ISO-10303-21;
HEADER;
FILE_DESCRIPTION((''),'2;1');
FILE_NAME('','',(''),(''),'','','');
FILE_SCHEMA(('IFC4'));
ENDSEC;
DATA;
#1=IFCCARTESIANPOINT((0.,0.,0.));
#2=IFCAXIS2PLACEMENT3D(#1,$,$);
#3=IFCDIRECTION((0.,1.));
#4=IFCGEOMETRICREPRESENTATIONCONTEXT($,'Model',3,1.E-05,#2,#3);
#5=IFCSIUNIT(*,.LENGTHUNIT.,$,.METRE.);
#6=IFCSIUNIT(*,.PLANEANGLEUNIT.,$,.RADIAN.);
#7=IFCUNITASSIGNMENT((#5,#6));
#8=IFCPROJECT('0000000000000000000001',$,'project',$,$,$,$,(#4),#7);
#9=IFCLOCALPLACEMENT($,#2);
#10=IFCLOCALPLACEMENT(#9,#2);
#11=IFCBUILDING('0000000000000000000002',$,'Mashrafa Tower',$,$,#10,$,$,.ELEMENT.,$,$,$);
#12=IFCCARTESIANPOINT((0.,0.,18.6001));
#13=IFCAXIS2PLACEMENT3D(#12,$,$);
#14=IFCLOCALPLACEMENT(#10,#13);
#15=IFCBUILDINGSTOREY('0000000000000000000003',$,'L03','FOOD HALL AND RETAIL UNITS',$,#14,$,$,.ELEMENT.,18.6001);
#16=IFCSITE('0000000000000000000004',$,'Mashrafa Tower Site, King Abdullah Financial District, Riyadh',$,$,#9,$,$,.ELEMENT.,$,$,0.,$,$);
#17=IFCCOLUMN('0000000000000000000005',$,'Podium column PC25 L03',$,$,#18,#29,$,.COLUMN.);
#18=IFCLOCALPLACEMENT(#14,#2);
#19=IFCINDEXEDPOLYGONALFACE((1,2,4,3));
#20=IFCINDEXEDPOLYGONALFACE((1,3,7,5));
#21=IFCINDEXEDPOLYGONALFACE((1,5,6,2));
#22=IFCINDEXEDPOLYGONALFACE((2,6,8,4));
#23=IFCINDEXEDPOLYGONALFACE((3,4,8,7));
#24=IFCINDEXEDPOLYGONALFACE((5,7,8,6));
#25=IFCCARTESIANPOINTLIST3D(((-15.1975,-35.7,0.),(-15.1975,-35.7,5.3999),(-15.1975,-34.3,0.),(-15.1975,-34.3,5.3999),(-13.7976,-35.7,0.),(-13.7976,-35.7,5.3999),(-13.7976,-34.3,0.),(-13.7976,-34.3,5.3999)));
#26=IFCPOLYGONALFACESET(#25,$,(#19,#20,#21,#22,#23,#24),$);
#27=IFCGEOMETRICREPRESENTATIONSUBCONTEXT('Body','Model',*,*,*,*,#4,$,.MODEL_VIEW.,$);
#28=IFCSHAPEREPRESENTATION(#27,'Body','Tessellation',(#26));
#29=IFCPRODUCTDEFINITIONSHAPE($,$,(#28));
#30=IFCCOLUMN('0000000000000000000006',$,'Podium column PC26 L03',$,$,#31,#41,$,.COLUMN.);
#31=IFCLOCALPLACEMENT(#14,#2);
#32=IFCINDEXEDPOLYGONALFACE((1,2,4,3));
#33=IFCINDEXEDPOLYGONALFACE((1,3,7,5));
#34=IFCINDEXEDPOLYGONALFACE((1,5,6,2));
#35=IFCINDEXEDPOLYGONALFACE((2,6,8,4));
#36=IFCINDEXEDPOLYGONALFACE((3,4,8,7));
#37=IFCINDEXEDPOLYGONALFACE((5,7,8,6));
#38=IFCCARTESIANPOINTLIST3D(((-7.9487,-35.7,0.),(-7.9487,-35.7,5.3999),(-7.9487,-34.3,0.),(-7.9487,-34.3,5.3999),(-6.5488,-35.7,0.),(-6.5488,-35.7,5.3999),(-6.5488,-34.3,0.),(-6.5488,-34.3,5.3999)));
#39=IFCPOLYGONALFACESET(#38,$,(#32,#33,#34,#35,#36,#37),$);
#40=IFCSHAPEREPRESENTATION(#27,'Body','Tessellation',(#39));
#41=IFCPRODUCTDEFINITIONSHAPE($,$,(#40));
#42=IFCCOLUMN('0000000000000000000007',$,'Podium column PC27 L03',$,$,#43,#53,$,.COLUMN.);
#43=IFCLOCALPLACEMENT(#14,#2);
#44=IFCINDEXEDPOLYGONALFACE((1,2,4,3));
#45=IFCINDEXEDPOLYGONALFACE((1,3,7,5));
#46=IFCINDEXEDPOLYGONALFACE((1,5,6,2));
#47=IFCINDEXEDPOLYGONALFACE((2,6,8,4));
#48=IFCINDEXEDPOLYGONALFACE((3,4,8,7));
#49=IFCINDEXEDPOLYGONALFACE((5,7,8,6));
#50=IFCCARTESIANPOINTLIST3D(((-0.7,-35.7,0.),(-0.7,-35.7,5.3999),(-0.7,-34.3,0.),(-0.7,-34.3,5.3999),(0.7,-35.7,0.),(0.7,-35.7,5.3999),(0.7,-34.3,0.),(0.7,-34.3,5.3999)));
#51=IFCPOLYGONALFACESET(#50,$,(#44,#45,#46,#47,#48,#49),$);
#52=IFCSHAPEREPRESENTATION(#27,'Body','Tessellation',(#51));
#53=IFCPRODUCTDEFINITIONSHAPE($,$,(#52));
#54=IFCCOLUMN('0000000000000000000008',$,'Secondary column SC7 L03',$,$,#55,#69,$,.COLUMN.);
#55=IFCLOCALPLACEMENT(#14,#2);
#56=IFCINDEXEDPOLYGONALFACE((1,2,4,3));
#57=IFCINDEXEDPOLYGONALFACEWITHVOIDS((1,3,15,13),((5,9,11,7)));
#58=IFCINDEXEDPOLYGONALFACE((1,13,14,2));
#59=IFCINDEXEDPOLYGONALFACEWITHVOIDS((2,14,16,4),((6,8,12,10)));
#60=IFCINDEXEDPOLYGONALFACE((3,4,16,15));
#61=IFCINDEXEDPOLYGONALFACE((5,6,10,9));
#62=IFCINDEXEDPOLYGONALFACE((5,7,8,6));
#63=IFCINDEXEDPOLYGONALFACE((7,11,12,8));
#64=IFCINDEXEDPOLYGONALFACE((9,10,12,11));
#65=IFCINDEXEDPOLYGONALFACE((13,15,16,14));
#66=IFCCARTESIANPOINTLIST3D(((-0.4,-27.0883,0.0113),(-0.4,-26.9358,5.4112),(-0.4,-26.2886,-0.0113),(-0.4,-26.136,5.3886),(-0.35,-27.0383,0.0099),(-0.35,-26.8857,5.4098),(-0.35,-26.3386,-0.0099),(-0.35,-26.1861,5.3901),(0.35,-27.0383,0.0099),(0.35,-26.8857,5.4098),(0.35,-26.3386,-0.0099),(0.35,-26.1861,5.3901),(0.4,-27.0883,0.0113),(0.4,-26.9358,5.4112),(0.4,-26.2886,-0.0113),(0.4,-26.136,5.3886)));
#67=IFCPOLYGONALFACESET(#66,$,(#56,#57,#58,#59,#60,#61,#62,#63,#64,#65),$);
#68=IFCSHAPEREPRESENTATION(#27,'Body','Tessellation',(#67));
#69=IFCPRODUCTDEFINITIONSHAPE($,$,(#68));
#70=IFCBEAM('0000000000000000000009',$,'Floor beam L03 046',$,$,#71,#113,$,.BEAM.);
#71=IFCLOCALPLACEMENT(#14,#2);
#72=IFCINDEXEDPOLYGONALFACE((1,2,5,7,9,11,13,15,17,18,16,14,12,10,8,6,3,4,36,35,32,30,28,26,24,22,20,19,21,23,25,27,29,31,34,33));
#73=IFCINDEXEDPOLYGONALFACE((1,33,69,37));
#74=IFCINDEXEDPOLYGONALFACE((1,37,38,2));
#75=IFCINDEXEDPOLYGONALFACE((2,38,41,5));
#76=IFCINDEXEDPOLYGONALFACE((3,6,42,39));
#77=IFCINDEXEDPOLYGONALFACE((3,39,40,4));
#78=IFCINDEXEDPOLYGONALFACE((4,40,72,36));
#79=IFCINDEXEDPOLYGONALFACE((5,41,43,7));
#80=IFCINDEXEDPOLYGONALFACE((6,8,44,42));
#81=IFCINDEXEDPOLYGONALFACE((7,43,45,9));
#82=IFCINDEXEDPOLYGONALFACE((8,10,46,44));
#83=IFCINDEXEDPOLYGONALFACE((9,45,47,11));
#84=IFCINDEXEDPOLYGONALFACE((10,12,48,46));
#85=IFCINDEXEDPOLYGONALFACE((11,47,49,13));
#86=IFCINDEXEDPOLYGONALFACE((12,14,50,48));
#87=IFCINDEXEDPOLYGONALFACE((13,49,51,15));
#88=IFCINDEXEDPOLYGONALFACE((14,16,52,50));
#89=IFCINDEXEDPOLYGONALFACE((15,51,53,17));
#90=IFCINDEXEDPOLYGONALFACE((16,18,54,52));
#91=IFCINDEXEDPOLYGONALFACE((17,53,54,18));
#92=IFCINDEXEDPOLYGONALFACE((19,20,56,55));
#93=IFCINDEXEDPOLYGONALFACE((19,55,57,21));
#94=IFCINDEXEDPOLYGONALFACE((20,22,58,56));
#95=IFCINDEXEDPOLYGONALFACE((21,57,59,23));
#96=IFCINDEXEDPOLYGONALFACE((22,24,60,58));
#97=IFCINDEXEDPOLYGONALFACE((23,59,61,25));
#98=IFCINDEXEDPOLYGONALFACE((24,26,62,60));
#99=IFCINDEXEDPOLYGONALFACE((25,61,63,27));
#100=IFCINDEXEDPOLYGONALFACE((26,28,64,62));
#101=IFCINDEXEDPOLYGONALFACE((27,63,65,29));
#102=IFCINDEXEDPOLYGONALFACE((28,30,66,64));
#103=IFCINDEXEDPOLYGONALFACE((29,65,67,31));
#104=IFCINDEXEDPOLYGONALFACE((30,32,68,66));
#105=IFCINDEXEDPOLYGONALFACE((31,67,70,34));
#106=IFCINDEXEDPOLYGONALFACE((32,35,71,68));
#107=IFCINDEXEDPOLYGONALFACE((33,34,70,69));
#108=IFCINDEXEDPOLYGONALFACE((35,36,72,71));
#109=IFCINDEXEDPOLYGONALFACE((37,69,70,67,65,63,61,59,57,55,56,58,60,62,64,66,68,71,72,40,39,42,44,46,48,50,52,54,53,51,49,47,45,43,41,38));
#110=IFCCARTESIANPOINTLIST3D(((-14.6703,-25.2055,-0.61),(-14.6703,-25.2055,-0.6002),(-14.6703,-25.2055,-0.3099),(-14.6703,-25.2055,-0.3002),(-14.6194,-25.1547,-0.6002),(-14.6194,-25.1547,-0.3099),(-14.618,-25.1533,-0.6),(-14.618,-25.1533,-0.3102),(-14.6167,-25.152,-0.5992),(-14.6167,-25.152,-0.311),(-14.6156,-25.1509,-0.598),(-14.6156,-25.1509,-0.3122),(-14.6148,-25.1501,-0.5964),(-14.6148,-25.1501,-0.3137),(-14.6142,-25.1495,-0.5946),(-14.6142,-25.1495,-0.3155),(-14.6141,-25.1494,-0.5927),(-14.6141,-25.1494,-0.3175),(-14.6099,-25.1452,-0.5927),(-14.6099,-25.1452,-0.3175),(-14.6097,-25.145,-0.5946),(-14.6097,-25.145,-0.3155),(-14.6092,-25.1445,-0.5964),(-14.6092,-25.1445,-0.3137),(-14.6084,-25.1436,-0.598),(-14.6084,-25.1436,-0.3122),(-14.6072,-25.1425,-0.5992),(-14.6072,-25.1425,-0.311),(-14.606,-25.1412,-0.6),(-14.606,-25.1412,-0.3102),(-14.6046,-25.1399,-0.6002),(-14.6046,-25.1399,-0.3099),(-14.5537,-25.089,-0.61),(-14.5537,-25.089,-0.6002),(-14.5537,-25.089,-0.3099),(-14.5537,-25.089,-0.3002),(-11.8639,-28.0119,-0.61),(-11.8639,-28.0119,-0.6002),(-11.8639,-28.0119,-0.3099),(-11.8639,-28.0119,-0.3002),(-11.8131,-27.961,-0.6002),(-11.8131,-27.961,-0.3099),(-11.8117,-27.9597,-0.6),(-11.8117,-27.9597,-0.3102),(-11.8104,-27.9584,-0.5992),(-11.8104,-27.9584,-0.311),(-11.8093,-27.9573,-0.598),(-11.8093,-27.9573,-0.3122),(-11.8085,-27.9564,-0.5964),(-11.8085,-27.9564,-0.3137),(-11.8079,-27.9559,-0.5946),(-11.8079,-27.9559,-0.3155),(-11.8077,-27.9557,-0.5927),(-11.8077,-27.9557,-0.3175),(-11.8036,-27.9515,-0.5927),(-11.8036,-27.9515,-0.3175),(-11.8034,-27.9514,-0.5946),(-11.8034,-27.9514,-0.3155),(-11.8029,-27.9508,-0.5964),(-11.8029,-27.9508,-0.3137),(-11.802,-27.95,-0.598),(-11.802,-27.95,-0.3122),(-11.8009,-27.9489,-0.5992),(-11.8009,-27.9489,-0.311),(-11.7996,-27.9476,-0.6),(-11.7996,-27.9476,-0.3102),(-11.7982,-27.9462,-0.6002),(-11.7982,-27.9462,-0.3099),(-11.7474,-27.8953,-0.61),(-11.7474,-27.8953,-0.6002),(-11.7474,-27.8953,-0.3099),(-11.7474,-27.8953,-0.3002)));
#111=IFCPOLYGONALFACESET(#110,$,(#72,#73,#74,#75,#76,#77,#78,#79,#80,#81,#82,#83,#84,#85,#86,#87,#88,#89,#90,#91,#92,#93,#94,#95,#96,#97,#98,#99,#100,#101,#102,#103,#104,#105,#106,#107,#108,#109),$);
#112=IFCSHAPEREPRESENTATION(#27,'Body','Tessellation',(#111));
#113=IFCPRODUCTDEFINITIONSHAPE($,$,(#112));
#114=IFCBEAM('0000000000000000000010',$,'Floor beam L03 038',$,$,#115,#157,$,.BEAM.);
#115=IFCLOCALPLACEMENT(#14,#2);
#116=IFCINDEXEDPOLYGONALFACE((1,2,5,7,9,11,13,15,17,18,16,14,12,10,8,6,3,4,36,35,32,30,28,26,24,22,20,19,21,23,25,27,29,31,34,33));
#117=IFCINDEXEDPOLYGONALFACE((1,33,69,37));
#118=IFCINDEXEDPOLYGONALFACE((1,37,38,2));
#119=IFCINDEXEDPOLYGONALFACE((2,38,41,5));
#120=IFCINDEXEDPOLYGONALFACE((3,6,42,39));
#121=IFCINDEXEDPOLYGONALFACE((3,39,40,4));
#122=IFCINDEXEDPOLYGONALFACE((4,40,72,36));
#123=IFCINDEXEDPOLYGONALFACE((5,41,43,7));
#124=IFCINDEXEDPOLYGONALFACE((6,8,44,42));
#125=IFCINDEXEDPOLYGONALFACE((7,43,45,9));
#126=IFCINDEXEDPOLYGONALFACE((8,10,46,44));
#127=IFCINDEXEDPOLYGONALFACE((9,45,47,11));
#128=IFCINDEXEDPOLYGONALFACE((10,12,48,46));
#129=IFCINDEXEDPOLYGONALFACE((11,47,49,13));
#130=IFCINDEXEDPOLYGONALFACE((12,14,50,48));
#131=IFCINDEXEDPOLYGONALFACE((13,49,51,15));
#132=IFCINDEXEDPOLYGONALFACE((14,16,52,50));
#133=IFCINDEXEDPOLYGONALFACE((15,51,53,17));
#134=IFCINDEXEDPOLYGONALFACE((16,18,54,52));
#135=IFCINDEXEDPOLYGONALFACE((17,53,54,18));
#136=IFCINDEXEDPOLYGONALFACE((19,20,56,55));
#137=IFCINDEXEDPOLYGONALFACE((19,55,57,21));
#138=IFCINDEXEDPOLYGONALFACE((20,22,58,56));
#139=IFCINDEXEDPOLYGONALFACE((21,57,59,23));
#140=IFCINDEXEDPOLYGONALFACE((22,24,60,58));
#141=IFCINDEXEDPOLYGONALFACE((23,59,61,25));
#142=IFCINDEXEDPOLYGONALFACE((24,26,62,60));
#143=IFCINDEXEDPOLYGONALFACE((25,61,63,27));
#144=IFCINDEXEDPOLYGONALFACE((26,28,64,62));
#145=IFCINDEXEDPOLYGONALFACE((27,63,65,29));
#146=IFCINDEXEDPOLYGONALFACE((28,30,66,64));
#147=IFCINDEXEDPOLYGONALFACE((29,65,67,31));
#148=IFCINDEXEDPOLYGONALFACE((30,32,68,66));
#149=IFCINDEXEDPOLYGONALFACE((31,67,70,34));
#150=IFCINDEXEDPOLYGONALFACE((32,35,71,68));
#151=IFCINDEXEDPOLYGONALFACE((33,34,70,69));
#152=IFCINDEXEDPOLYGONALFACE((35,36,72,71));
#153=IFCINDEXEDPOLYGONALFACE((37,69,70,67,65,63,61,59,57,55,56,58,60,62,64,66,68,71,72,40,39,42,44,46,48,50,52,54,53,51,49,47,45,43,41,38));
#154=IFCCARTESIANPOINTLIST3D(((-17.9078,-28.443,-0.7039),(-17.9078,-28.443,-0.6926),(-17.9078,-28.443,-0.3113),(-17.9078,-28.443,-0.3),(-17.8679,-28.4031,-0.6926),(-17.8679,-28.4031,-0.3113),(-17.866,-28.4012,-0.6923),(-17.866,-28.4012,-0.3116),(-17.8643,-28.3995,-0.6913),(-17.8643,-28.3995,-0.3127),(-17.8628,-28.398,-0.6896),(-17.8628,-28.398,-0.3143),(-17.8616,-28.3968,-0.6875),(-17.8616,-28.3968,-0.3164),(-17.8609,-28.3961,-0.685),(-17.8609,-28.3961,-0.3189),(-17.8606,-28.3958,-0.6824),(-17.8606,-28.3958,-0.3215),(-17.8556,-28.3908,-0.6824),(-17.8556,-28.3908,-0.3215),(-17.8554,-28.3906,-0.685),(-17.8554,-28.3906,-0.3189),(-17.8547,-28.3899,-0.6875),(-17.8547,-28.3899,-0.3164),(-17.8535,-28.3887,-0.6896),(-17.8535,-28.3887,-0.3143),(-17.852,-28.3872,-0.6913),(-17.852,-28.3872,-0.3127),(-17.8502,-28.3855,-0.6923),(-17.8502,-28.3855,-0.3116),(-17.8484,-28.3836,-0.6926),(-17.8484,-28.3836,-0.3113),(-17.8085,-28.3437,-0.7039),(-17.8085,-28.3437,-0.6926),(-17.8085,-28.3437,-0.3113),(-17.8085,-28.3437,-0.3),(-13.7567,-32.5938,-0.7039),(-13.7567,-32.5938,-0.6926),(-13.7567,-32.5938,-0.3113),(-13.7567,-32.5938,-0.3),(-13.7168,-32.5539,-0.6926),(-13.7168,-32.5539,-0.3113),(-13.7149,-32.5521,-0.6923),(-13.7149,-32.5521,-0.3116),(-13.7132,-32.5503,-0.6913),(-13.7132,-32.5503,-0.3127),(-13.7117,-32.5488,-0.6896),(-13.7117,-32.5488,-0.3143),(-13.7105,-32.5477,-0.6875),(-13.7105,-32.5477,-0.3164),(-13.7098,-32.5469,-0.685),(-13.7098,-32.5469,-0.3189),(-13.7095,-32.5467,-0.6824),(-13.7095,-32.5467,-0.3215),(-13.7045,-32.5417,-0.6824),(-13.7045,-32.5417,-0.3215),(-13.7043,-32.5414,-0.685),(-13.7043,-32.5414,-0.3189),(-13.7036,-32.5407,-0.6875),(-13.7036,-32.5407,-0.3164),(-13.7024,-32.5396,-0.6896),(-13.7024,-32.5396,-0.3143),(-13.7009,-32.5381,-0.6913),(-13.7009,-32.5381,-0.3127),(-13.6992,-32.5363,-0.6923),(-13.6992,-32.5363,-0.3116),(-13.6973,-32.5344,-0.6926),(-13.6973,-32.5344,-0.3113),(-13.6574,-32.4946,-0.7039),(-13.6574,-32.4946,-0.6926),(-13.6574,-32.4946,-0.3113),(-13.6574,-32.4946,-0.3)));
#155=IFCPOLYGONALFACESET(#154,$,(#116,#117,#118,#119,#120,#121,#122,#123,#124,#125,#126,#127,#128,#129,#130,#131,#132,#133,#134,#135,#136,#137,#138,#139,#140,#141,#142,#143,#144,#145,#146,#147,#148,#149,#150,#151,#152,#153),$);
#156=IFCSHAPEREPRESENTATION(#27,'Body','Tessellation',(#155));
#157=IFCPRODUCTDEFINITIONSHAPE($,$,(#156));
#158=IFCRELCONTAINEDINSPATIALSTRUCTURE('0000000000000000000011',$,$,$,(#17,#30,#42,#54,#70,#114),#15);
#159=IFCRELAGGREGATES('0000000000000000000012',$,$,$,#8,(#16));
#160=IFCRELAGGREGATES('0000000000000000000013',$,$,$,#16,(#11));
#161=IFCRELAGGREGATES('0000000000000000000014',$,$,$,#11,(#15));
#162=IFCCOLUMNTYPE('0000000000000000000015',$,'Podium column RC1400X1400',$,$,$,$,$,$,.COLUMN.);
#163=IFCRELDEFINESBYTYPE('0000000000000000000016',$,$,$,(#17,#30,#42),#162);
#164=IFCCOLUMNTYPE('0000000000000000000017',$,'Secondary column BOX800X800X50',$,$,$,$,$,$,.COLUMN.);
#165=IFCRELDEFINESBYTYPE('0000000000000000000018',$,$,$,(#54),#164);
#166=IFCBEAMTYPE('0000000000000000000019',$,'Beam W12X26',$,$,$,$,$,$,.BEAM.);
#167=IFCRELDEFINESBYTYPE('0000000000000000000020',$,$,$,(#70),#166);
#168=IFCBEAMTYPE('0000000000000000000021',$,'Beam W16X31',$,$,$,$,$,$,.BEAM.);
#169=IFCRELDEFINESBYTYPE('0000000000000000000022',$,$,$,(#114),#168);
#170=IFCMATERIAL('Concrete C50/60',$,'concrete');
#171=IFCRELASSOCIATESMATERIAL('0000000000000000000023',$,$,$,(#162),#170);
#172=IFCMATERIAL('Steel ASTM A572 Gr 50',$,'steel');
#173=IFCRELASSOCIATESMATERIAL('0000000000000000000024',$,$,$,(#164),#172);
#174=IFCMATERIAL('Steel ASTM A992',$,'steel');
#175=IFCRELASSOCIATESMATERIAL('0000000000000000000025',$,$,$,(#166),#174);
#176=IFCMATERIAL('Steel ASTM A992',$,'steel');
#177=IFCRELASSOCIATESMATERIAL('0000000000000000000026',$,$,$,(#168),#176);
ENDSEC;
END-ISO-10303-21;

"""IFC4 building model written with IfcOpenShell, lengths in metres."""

from ifc_helpers import new_model, si_unit, direction, frame, origin, origin_2d, place, context, subcontext, project, spatial, rectangle, hollow_rectangle, i_section, extrude, material, material_profile, profile_set, type_object, element, save


model = new_model("IFC4")

# Units and contexts
model_context = context("Model", 3, precision=1e-05, world=origin(), true_north=direction((0.0, 1.0)))
body_context = subcontext(model_context, "Body", "Model", "MODEL_VIEW")
ifc_project = project(units=[si_unit("LENGTHUNIT", "METRE"), si_unit("PLANEANGLEUNIT", "RADIAN")], contexts=[model_context])

# Site, building, storey
site_placement = place(None, origin())
site = spatial("IfcSite", under=ifc_project, at=site_placement, Name="Mashrafa Tower Site, King Abdullah Financial District, Riyadh", CompositionType="ELEMENT", RefElevation=0.0)
building_placement = place(site_placement, origin())
building = spatial("IfcBuilding", under=site, at=building_placement, Name="Mashrafa Tower", CompositionType="ELEMENT")
storey_placement = place(building_placement, frame((0.0, 0.0, 18.6001)))
storey = spatial("IfcBuildingStorey", under=building, at=storey_placement, Name="L03", Description="FOOD HALL AND RETAIL UNITS", CompositionType="ELEMENT", Elevation=18.6001)

# Columns
ifc_material_1 = material(Name="Concrete C50/60", Category="concrete")
ifc_material_profile_1 = material_profile(ifc_material_1, rectangle(XDim=1.3999, YDim=1.3999, at=origin_2d()), Name="RC1400X1400")
ifc_profile_set_1 = profile_set([ifc_material_profile_1], Name="Concrete C50/60")
column_type_1 = type_object("IfcColumnType", Name="Podium column RC1400X1400", PredefinedType="COLUMN", material=ifc_profile_set_1)
for number, where, z_axis, x_axis, name in (
    (1, (-14.4976, -35.0, 0.0), (0.0, 0.0, 1.0), (1.0, 0.0, 0.0), "Podium column PC25 L03"),
    (2, (-7.2488, -35.0, 0.0), (0.0, 0.0, 1.0), (1.0, 0.0, 0.0), "Podium column PC26 L03"),
    (3, (0.0, -35.0, 0.0), (0.0, 0.0, 1.0), (1.0, 0.0, 0.0), "Podium column PC27 L03"),
):
    element("IfcColumn", number, at=place(storey_placement, frame(where, z_axis=z_axis, x_axis=x_axis)), inside=storey, type_object=column_type_1, Name=name, PredefinedType="COLUMN", context=body_context, shape_type="SweptSolid", body=[
        extrude(rectangle(XDim=1.3999, YDim=1.3999, at=origin_2d()), origin(), (0.0, 0.0, 1.0), 5.3999),
    ])
ifc_material_2 = material(Name="Steel ASTM A572 Gr 50", Category="steel")
ifc_material_profile_2 = material_profile(ifc_material_2, hollow_rectangle(XDim=0.8, YDim=0.8, WallThickness=0.05, at=origin_2d()), Name="BOX800X800X50")
ifc_profile_set_2 = profile_set([ifc_material_profile_2], Name="Steel ASTM A572 Gr 50")
column_type_2 = type_object("IfcColumnType", Name="Secondary column BOX800X800X50", PredefinedType="COLUMN", material=ifc_profile_set_2)
column_placement = place(storey_placement, frame((0.0, -26.6885, 0.0), z_axis=(0.0, 0.028246, 0.999601), x_axis=(-1.0, 0.0, 0.0)))
element("IfcColumn", 4, at=column_placement, inside=storey, type_object=column_type_2, Name="Secondary column SC7 L03", PredefinedType="COLUMN", context=body_context, shape_type="SweptSolid", body=[
    extrude(hollow_rectangle(XDim=0.8, YDim=0.8, WallThickness=0.05, at=origin_2d()), origin(), (0.0, 0.0, 1.0), 5.4021),
])

# Beams
ifc_material_3 = material(Name="Steel ASTM A992", Category="steel")
ifc_material_profile_3 = material_profile(ifc_material_3, i_section(OverallWidth=0.1648, OverallDepth=0.3098, WebThickness=0.0059, FlangeThickness=0.0098, FilletRadius=0.0076, at=origin_2d()), Name="W12X26")
ifc_profile_set_3 = profile_set([ifc_material_profile_3], Name="Steel ASTM A992")
beam_type_1 = type_object("IfcBeamType", Name="Beam W12X26", PredefinedType="BEAM", material=ifc_profile_set_3)
beam_1_placement = place(storey_placement, frame((-11.8057, -27.9536, -0.4551), z_axis=(-0.707107, 0.707107, 0.0), x_axis=(-0.707107, -0.707107, 0.0)))
element("IfcBeam", 5, at=beam_1_placement, inside=storey, type_object=beam_type_1, Name="Floor beam L03 046", PredefinedType="BEAM", context=body_context, shape_type="SweptSolid", body=[
    extrude(i_section(OverallWidth=0.1648, OverallDepth=0.3098, WebThickness=0.0059, FlangeThickness=0.0098, FilletRadius=0.0076, at=origin_2d()), origin(), (0.0, 0.0, 1.0), 3.9688),
])
ifc_material_4 = material(Name="Steel ASTM A992", Category="steel")
ifc_material_profile_4 = material_profile(ifc_material_4, i_section(OverallWidth=0.1404, OverallDepth=0.4038, WebThickness=0.0071, FlangeThickness=0.0112, FilletRadius=0.0103, at=origin_2d()), Name="W16X31")
ifc_profile_set_4 = profile_set([ifc_material_profile_4], Name="Steel ASTM A992")
beam_type_2 = type_object("IfcBeamType", Name="Beam W16X31", PredefinedType="BEAM", material=ifc_profile_set_4)
beam_2_placement = place(storey_placement, frame((-13.707, -32.5442, -0.502), z_axis=(-0.707128, 0.707086, 0.0), x_axis=(-0.707086, -0.707128, 0.0)))
element("IfcBeam", 6, at=beam_2_placement, inside=storey, type_object=beam_type_2, Name="Floor beam L03 038", PredefinedType="BEAM", context=body_context, shape_type="SweptSolid", body=[
    extrude(i_section(OverallWidth=0.1404, OverallDepth=0.4038, WebThickness=0.0071, FlangeThickness=0.0112, FilletRadius=0.0103, at=origin_2d()), origin(), (0.0, 0.0, 1.0), 5.8704),
])

save(model, "model.ifc")
